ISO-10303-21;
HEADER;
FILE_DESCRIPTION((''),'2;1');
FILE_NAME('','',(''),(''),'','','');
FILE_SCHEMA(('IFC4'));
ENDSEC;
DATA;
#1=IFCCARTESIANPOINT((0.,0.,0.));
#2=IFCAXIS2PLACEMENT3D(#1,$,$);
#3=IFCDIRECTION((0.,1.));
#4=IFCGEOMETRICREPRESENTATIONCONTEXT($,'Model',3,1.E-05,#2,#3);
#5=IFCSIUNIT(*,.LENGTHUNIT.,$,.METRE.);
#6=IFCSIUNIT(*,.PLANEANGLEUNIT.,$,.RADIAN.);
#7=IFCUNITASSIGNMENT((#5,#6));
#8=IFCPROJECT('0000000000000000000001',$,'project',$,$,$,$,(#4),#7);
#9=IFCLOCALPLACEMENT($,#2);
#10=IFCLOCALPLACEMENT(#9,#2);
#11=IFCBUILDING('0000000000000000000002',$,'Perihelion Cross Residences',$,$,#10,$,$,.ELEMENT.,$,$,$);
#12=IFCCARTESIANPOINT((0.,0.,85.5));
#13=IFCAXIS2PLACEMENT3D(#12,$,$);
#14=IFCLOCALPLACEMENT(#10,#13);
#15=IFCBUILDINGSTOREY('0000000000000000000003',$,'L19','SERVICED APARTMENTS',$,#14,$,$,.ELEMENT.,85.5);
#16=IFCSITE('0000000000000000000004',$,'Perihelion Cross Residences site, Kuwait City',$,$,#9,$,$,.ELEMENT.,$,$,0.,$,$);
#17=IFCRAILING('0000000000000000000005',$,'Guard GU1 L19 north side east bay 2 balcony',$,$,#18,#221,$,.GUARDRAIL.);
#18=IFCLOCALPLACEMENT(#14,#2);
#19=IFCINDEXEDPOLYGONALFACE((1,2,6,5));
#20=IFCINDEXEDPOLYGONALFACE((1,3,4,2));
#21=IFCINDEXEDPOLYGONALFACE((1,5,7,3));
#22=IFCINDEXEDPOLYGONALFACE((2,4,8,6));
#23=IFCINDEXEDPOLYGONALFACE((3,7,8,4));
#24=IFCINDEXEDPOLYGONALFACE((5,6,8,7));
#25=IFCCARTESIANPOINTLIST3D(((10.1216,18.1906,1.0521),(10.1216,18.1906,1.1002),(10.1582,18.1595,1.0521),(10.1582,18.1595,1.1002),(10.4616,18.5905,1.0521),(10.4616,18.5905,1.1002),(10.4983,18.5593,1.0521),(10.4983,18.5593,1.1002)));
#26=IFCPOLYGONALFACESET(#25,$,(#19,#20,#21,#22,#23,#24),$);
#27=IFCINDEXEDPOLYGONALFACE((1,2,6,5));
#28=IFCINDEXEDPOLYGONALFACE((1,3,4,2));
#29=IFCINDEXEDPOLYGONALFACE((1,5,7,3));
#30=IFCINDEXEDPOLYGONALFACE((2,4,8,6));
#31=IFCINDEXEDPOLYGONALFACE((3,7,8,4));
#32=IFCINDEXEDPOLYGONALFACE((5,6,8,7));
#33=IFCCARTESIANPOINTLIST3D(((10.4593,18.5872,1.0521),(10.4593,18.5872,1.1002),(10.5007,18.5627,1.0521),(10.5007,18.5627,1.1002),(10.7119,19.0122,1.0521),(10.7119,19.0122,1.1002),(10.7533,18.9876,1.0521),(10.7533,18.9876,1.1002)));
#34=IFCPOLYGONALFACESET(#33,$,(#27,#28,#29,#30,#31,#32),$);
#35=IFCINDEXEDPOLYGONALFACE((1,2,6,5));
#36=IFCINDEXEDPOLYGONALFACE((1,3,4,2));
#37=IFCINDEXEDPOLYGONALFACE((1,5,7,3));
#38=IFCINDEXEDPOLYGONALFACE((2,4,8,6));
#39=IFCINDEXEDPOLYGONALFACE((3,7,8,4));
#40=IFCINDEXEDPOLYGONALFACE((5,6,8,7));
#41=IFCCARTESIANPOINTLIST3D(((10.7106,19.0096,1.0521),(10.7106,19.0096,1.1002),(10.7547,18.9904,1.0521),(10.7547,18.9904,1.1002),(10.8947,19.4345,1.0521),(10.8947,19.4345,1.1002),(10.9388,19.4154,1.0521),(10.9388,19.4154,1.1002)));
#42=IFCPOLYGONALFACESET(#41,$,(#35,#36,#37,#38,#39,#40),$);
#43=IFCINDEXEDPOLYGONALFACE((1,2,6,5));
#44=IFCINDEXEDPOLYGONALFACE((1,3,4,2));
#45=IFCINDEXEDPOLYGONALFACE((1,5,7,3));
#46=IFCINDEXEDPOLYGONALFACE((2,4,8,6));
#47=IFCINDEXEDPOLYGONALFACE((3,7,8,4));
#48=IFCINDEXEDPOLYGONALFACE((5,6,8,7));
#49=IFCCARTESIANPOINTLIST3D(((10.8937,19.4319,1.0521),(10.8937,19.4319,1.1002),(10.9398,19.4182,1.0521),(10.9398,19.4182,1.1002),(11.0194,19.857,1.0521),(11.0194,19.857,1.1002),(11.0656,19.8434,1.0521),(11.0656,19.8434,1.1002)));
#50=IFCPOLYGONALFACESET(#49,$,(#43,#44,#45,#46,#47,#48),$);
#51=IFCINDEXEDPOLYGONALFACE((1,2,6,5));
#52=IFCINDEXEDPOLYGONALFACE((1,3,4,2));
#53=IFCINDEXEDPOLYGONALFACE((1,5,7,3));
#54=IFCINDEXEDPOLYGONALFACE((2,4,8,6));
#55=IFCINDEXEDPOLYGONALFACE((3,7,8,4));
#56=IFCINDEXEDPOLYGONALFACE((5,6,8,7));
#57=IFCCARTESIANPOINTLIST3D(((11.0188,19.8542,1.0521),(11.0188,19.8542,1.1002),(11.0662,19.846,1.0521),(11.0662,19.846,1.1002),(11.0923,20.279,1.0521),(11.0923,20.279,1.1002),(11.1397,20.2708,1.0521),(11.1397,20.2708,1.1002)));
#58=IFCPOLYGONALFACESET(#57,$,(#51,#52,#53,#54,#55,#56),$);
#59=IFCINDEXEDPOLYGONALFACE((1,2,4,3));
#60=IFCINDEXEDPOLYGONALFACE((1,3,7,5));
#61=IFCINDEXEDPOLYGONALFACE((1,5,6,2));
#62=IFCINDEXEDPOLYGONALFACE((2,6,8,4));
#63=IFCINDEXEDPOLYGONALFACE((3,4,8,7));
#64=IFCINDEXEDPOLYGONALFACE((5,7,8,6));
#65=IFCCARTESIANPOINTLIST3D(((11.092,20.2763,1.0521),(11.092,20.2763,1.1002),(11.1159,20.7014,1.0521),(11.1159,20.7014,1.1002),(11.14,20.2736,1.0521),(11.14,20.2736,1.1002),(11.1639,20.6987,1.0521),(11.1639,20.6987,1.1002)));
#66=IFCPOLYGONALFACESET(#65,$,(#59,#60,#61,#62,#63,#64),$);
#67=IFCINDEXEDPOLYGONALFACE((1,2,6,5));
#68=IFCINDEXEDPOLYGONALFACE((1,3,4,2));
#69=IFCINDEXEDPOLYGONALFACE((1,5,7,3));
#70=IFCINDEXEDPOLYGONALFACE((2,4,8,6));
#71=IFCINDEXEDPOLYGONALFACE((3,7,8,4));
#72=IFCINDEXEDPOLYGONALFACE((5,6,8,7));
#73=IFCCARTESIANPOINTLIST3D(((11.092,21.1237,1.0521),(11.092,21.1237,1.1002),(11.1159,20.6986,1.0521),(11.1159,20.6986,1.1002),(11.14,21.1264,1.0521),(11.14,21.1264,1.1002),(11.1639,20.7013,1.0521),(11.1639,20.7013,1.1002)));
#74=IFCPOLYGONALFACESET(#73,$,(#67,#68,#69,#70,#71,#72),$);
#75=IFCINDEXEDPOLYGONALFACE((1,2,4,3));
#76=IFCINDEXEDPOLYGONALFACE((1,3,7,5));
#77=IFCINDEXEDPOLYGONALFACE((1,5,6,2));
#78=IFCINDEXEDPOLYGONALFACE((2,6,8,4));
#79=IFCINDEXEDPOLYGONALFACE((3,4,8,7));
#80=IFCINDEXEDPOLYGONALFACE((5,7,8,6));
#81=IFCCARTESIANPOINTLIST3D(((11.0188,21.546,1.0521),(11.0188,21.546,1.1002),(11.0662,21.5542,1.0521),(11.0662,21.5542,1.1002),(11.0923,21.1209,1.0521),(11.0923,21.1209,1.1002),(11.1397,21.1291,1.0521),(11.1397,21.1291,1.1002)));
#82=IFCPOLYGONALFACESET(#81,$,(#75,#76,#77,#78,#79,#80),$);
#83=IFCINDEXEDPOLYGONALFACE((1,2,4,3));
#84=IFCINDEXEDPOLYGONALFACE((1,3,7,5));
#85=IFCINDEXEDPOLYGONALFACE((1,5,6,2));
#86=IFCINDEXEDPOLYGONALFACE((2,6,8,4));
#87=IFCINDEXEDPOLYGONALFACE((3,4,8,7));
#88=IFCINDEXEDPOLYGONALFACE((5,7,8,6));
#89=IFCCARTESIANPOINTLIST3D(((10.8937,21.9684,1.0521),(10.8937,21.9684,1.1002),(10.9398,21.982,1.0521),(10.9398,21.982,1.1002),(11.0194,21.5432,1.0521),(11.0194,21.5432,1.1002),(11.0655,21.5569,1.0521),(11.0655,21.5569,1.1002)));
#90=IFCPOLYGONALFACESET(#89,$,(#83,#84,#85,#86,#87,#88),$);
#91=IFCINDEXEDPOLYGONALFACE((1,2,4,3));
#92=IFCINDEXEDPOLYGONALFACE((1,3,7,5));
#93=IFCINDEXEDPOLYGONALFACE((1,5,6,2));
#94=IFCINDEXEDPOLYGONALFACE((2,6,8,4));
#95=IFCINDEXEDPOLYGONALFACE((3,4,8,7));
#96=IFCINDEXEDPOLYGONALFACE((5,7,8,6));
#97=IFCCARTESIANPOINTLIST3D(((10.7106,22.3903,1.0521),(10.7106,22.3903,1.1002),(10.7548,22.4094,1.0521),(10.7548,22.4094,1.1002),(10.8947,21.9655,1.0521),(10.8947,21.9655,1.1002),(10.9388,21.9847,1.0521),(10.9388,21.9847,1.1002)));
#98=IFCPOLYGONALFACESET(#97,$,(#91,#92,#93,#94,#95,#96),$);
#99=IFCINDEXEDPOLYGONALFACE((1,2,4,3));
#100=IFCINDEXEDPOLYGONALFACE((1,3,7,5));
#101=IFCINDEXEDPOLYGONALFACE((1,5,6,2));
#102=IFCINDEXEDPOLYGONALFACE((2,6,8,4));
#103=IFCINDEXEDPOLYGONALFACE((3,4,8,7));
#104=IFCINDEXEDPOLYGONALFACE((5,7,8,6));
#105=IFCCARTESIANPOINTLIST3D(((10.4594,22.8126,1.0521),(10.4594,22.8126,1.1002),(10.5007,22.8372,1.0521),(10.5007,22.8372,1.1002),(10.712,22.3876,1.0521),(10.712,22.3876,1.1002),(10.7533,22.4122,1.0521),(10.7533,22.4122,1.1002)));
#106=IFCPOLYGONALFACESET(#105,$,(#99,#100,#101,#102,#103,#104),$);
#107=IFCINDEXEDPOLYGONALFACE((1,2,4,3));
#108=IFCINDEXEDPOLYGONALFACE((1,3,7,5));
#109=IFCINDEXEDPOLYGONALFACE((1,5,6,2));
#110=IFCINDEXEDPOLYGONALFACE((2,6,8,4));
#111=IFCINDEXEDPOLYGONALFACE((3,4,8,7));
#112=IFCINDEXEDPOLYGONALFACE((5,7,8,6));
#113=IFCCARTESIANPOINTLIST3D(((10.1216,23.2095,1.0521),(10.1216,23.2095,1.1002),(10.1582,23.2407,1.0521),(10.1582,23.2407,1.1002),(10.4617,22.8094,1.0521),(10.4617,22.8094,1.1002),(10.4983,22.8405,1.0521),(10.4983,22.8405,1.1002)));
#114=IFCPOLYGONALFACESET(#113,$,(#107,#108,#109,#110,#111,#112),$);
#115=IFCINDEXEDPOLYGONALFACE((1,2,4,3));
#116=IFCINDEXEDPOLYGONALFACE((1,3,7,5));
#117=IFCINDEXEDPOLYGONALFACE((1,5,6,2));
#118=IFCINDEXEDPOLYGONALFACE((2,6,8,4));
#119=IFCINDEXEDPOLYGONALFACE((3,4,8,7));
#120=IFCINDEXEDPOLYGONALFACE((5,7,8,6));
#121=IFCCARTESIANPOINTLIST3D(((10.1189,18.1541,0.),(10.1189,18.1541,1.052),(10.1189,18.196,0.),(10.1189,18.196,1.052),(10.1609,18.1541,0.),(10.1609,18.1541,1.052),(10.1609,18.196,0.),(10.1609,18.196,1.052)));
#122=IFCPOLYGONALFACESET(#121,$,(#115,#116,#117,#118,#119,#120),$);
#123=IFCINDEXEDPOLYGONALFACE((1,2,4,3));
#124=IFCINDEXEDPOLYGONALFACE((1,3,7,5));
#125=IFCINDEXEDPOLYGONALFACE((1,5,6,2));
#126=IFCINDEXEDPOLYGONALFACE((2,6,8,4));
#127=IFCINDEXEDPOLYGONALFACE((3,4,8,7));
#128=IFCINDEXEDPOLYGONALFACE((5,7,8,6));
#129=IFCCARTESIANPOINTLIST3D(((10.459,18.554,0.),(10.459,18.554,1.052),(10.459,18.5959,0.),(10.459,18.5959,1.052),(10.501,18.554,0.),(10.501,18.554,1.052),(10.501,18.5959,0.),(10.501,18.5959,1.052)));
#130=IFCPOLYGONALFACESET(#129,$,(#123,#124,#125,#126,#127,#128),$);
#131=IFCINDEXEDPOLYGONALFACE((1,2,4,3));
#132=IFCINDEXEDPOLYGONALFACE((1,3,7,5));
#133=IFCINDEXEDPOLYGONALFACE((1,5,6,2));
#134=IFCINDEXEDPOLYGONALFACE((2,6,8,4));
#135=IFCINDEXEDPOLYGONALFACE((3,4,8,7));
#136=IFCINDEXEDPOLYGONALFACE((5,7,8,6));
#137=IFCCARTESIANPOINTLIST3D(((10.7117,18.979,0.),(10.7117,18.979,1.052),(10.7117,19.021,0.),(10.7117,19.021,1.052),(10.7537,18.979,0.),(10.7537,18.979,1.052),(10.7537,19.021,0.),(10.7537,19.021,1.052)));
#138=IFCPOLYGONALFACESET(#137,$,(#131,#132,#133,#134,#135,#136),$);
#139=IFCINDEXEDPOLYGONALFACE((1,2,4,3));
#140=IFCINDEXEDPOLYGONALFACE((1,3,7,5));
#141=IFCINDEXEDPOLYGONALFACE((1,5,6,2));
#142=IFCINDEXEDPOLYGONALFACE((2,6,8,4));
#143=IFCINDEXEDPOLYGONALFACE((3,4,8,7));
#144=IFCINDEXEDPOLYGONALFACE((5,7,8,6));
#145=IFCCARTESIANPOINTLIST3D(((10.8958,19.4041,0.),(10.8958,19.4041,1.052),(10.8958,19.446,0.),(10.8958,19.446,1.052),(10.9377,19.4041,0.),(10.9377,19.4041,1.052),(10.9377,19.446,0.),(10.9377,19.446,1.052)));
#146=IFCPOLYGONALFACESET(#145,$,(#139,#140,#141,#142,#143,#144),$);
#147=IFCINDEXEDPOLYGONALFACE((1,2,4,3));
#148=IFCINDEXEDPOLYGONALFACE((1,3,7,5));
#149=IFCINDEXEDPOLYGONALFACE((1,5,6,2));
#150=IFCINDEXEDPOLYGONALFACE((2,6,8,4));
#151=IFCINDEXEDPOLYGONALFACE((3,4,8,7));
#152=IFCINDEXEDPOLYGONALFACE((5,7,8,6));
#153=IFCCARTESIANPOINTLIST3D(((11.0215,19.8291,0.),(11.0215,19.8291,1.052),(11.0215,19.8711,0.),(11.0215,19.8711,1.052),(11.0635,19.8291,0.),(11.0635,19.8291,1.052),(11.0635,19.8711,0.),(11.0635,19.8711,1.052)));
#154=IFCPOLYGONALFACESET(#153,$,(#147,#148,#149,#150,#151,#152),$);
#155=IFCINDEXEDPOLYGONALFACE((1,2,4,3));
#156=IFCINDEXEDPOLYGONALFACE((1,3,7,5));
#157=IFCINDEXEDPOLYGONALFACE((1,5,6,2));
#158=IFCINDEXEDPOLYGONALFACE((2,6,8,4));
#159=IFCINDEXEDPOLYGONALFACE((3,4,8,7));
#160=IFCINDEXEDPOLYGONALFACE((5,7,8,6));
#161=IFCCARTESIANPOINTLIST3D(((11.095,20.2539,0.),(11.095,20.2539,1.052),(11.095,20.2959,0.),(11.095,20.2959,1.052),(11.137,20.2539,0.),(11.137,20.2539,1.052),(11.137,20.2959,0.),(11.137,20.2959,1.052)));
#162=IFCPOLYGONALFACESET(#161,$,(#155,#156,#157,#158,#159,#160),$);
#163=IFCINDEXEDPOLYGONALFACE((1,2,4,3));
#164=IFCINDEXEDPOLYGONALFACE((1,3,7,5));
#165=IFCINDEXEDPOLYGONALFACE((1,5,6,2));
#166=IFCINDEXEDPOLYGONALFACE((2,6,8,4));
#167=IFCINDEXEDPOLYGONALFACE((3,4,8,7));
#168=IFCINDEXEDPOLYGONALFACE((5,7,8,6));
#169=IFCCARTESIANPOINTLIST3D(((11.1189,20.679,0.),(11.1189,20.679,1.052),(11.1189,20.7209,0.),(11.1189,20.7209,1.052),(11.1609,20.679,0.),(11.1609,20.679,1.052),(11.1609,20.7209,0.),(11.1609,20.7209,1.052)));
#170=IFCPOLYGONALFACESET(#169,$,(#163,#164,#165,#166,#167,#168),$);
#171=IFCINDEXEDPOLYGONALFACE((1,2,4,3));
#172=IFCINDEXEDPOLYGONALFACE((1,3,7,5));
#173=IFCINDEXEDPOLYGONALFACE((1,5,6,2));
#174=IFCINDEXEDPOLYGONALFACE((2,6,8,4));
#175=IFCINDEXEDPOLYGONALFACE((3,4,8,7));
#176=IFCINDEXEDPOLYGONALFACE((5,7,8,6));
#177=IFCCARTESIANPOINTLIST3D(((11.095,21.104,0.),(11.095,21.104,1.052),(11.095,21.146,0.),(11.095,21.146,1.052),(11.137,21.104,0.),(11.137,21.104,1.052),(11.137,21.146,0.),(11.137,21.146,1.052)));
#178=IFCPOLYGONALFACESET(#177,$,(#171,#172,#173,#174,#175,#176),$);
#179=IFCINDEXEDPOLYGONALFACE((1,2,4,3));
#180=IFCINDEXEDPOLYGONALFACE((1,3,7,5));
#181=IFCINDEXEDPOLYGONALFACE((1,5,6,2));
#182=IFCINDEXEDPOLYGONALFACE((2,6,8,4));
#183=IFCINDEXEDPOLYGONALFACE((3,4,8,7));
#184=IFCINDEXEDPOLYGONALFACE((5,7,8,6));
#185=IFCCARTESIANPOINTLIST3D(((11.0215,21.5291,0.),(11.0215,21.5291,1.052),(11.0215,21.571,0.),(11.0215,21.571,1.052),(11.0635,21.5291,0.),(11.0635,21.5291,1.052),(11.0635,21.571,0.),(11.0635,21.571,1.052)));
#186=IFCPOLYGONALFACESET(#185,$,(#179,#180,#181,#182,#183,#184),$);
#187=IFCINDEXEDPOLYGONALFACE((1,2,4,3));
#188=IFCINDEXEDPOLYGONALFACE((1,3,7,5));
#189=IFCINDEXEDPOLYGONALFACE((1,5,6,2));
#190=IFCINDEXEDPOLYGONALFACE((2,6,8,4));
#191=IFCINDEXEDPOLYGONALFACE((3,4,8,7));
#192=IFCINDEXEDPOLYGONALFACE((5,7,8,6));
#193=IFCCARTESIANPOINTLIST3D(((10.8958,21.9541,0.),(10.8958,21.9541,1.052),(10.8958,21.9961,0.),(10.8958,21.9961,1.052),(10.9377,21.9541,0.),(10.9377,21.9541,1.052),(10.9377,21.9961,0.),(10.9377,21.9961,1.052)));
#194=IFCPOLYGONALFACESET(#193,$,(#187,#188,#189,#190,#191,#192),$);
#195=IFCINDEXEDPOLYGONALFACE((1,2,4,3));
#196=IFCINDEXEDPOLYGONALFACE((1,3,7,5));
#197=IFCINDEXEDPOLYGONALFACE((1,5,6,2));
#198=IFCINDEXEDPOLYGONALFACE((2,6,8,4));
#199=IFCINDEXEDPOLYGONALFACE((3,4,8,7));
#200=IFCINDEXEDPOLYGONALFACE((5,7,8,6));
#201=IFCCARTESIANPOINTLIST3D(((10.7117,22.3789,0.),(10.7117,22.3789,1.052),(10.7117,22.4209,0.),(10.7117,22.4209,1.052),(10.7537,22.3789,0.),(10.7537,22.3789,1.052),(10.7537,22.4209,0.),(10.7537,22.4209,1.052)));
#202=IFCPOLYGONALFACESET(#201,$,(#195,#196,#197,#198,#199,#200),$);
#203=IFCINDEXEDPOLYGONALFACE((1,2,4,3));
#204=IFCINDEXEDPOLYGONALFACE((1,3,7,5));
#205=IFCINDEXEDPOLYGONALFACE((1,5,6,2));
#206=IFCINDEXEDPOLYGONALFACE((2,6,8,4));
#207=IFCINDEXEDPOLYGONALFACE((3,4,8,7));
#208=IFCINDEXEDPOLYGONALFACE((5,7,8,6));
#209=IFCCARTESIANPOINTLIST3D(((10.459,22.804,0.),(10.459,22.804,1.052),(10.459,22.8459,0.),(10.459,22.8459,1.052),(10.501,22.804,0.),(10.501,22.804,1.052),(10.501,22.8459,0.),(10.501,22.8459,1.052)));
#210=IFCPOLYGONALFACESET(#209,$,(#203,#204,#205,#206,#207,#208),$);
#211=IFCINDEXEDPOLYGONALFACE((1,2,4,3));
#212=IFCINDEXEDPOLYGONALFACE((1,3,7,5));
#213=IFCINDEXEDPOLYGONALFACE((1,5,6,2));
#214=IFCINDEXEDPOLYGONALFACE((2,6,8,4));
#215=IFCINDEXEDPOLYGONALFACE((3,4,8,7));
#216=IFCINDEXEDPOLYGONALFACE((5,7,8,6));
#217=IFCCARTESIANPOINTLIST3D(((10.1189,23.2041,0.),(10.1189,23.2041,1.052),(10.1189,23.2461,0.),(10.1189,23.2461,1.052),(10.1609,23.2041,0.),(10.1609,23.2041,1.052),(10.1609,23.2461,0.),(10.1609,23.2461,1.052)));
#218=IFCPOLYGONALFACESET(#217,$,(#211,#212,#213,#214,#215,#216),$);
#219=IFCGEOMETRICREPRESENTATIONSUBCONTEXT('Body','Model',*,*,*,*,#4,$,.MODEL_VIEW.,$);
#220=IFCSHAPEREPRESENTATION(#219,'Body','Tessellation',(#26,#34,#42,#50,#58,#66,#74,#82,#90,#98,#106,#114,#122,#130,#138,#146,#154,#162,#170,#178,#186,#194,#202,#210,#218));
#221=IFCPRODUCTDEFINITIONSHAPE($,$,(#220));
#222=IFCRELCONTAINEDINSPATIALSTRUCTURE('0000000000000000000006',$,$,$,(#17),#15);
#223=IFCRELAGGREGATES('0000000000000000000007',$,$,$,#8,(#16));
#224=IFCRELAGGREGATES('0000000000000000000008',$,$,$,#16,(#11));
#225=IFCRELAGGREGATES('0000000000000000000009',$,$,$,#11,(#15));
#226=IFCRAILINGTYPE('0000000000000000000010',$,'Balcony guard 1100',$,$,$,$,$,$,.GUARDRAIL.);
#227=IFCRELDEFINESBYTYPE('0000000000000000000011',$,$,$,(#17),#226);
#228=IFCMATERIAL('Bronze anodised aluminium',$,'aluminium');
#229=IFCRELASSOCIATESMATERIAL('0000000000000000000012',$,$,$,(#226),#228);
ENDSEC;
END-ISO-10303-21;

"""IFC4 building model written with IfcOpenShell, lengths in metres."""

from ifc_helpers import new_model, si_unit, direction, frame, origin, origin_2d, place, context, subcontext, project, spatial, rectangle, extrude, material, type_object, element, save


model = new_model("IFC4")

# Units and contexts
model_context = context("Model", 3, precision=1e-05, world=origin(), true_north=direction((0.0, 1.0)))
body_context = subcontext(model_context, "Body", "Model", "MODEL_VIEW")
ifc_project = project(units=[si_unit("LENGTHUNIT", "METRE"), si_unit("PLANEANGLEUNIT", "RADIAN")], contexts=[model_context])

# Site, building, storey
site_placement = place(None, origin())
site = spatial("IfcSite", under=ifc_project, at=site_placement, Name="Perihelion Cross Residences site, Kuwait City", CompositionType="ELEMENT", RefElevation=0.0)
building_placement = place(site_placement, origin())
building = spatial("IfcBuilding", under=site, at=building_placement, Name="Perihelion Cross Residences", CompositionType="ELEMENT")
storey_placement = place(building_placement, frame((0.0, 0.0, 85.5)))
storey = spatial("IfcBuildingStorey", under=building, at=storey_placement, Name="L19", Description="SERVICED APARTMENTS", CompositionType="ELEMENT", Elevation=85.5)

# Railing
ifc_material_1 = material(Name="Bronze anodised aluminium", Category="aluminium")
railing_type = type_object("IfcRailingType", Name="Balcony guard 1100", PredefinedType="GUARDRAIL", material=ifc_material_1)
railing_1_placement = place(storey_placement, frame((10.1399, 18.175, 0.0)))
element("IfcRailing", 1, at=railing_1_placement, inside=storey, type_object=railing_type, Name="Guard GU1 L19 north side east bay 2 balcony", PredefinedType="GUARDRAIL", context=body_context, shape_type="SweptSolid", body=[
    extrude(rectangle(XDim=0.0481, YDim=0.0481, at=origin_2d()), frame((0.0, 0.0, 1.0762), z_axis=(0.647837, 0.761779, 0.0), x_axis=(-0.761779, 0.647837, 0.0)), (0.0, 0.0, 1.0), 0.5249),
    extrude(rectangle(XDim=0.0481, YDim=0.0481, at=origin_2d()), frame((0.3401, 0.3999, 1.0762), z_axis=(0.511006, 0.859577, 0.0), x_axis=(-0.859577, 0.511006, 0.0)), (0.0, 0.0, 1.0), 0.4944),
    extrude(rectangle(XDim=0.0481, YDim=0.0481, at=origin_2d()), frame((0.5928, 0.825, 1.0762), z_axis=(0.397415, 0.917639, 0.0), x_axis=(-0.917639, 0.397415, 0.0)), (0.0, 0.0, 1.0), 0.4631),
    extrude(rectangle(XDim=0.0481, YDim=0.0481, at=origin_2d()), frame((0.7769, 1.25, 1.0762), z_axis=(0.283657, 0.958926, 0.0), x_axis=(-0.958926, 0.283657, 0.0)), (0.0, 0.0, 1.0), 0.4434),
    extrude(rectangle(XDim=0.0481, YDim=0.0481, at=origin_2d()), frame((0.9026, 1.675, 1.0762), z_axis=(0.170457, 0.985365, 0.0), x_axis=(-0.985365, 0.170457, 0.0)), (0.0, 0.0, 1.0), 0.4312),
    extrude(rectangle(XDim=0.0481, YDim=0.0481, at=origin_2d()), frame((0.9761, 2.0999, 1.0762), z_axis=(0.056201, 0.99842, 0.0), x_axis=(-0.99842, 0.056201, 0.0)), (0.0, 0.0, 1.0), 0.4258),
    extrude(rectangle(XDim=0.0481, YDim=0.0481, at=origin_2d()), frame((1.0, 2.5249, 1.0762), z_axis=(-0.056201, 0.99842, 0.0), x_axis=(-0.99842, -0.056201, 0.0)), (0.0, 0.0, 1.0), 0.4258),
    extrude(rectangle(XDim=0.0481, YDim=0.0481, at=origin_2d()), frame((0.9761, 2.95, 1.0762), z_axis=(-0.170362, 0.985382, 0.0), x_axis=(-0.985382, -0.170362, 0.0)), (0.0, 0.0, 1.0), 0.4314),
    extrude(rectangle(XDim=0.0481, YDim=0.0481, at=origin_2d()), frame((0.9026, 3.375, 1.0762), z_axis=(-0.283657, 0.958926, 0.0), x_axis=(-0.958926, -0.283657, 0.0)), (0.0, 0.0, 1.0), 0.4434),
    extrude(rectangle(XDim=0.0481, YDim=0.0481, at=origin_2d()), frame((0.7769, 3.8, 1.0762), z_axis=(-0.397607, 0.917556, 0.0), x_axis=(-0.917556, -0.397607, 0.0)), (0.0, 0.0, 1.0), 0.4629),
    extrude(rectangle(XDim=0.0481, YDim=0.0481, at=origin_2d()), frame((0.5928, 4.2249, 1.0762), z_axis=(-0.511006, 0.859577, 0.0), x_axis=(-0.859577, -0.511006, 0.0)), (0.0, 0.0, 1.0), 0.4944),
    extrude(rectangle(XDim=0.0481, YDim=0.0481, at=origin_2d()), frame((0.3401, 4.6499, 1.0762), z_axis=(-0.647608, 0.761974, 0.0), x_axis=(-0.761974, -0.647608, 0.0)), (0.0, 0.0, 1.0), 0.5251),
    extrude(rectangle(XDim=0.042, YDim=0.042, at=origin_2d()), origin(), (0.0, 0.0, 1.0), 1.052),
    extrude(rectangle(XDim=0.042, YDim=0.042, at=origin_2d()), frame((0.3401, 0.3999, 0.0)), (0.0, 0.0, 1.0), 1.052),
    extrude(rectangle(XDim=0.042, YDim=0.042, at=origin_2d()), frame((0.5928, 0.825, 0.0)), (0.0, 0.0, 1.0), 1.052),
    extrude(rectangle(XDim=0.042, YDim=0.042, at=origin_2d()), frame((0.7769, 1.25, 0.0)), (0.0, 0.0, 1.0), 1.052),
    extrude(rectangle(XDim=0.042, YDim=0.042, at=origin_2d()), frame((0.9026, 1.675, 0.0)), (0.0, 0.0, 1.0), 1.052),
    extrude(rectangle(XDim=0.042, YDim=0.042, at=origin_2d()), frame((0.9761, 2.0999, 0.0)), (0.0, 0.0, 1.0), 1.052),
    extrude(rectangle(XDim=0.042, YDim=0.042, at=origin_2d()), frame((1.0, 2.5249, 0.0)), (0.0, 0.0, 1.0), 1.052),
    extrude(rectangle(XDim=0.042, YDim=0.042, at=origin_2d()), frame((0.9761, 2.95, 0.0)), (0.0, 0.0, 1.0), 1.052),
    extrude(rectangle(XDim=0.042, YDim=0.042, at=origin_2d()), frame((0.9026, 3.375, 0.0)), (0.0, 0.0, 1.0), 1.052),
    extrude(rectangle(XDim=0.042, YDim=0.042, at=origin_2d()), frame((0.7769, 3.8, 0.0)), (0.0, 0.0, 1.0), 1.052),
    extrude(rectangle(XDim=0.042, YDim=0.042, at=origin_2d()), frame((0.5928, 4.2249, 0.0)), (0.0, 0.0, 1.0), 1.052),
    extrude(rectangle(XDim=0.042, YDim=0.042, at=origin_2d()), frame((0.3401, 4.6499, 0.0)), (0.0, 0.0, 1.0), 1.052),
    extrude(rectangle(XDim=0.042, YDim=0.042, at=origin_2d()), frame((0.0, 5.05, 0.0)), (0.0, 0.0, 1.0), 1.052),
])

save(model, "model.ifc")
